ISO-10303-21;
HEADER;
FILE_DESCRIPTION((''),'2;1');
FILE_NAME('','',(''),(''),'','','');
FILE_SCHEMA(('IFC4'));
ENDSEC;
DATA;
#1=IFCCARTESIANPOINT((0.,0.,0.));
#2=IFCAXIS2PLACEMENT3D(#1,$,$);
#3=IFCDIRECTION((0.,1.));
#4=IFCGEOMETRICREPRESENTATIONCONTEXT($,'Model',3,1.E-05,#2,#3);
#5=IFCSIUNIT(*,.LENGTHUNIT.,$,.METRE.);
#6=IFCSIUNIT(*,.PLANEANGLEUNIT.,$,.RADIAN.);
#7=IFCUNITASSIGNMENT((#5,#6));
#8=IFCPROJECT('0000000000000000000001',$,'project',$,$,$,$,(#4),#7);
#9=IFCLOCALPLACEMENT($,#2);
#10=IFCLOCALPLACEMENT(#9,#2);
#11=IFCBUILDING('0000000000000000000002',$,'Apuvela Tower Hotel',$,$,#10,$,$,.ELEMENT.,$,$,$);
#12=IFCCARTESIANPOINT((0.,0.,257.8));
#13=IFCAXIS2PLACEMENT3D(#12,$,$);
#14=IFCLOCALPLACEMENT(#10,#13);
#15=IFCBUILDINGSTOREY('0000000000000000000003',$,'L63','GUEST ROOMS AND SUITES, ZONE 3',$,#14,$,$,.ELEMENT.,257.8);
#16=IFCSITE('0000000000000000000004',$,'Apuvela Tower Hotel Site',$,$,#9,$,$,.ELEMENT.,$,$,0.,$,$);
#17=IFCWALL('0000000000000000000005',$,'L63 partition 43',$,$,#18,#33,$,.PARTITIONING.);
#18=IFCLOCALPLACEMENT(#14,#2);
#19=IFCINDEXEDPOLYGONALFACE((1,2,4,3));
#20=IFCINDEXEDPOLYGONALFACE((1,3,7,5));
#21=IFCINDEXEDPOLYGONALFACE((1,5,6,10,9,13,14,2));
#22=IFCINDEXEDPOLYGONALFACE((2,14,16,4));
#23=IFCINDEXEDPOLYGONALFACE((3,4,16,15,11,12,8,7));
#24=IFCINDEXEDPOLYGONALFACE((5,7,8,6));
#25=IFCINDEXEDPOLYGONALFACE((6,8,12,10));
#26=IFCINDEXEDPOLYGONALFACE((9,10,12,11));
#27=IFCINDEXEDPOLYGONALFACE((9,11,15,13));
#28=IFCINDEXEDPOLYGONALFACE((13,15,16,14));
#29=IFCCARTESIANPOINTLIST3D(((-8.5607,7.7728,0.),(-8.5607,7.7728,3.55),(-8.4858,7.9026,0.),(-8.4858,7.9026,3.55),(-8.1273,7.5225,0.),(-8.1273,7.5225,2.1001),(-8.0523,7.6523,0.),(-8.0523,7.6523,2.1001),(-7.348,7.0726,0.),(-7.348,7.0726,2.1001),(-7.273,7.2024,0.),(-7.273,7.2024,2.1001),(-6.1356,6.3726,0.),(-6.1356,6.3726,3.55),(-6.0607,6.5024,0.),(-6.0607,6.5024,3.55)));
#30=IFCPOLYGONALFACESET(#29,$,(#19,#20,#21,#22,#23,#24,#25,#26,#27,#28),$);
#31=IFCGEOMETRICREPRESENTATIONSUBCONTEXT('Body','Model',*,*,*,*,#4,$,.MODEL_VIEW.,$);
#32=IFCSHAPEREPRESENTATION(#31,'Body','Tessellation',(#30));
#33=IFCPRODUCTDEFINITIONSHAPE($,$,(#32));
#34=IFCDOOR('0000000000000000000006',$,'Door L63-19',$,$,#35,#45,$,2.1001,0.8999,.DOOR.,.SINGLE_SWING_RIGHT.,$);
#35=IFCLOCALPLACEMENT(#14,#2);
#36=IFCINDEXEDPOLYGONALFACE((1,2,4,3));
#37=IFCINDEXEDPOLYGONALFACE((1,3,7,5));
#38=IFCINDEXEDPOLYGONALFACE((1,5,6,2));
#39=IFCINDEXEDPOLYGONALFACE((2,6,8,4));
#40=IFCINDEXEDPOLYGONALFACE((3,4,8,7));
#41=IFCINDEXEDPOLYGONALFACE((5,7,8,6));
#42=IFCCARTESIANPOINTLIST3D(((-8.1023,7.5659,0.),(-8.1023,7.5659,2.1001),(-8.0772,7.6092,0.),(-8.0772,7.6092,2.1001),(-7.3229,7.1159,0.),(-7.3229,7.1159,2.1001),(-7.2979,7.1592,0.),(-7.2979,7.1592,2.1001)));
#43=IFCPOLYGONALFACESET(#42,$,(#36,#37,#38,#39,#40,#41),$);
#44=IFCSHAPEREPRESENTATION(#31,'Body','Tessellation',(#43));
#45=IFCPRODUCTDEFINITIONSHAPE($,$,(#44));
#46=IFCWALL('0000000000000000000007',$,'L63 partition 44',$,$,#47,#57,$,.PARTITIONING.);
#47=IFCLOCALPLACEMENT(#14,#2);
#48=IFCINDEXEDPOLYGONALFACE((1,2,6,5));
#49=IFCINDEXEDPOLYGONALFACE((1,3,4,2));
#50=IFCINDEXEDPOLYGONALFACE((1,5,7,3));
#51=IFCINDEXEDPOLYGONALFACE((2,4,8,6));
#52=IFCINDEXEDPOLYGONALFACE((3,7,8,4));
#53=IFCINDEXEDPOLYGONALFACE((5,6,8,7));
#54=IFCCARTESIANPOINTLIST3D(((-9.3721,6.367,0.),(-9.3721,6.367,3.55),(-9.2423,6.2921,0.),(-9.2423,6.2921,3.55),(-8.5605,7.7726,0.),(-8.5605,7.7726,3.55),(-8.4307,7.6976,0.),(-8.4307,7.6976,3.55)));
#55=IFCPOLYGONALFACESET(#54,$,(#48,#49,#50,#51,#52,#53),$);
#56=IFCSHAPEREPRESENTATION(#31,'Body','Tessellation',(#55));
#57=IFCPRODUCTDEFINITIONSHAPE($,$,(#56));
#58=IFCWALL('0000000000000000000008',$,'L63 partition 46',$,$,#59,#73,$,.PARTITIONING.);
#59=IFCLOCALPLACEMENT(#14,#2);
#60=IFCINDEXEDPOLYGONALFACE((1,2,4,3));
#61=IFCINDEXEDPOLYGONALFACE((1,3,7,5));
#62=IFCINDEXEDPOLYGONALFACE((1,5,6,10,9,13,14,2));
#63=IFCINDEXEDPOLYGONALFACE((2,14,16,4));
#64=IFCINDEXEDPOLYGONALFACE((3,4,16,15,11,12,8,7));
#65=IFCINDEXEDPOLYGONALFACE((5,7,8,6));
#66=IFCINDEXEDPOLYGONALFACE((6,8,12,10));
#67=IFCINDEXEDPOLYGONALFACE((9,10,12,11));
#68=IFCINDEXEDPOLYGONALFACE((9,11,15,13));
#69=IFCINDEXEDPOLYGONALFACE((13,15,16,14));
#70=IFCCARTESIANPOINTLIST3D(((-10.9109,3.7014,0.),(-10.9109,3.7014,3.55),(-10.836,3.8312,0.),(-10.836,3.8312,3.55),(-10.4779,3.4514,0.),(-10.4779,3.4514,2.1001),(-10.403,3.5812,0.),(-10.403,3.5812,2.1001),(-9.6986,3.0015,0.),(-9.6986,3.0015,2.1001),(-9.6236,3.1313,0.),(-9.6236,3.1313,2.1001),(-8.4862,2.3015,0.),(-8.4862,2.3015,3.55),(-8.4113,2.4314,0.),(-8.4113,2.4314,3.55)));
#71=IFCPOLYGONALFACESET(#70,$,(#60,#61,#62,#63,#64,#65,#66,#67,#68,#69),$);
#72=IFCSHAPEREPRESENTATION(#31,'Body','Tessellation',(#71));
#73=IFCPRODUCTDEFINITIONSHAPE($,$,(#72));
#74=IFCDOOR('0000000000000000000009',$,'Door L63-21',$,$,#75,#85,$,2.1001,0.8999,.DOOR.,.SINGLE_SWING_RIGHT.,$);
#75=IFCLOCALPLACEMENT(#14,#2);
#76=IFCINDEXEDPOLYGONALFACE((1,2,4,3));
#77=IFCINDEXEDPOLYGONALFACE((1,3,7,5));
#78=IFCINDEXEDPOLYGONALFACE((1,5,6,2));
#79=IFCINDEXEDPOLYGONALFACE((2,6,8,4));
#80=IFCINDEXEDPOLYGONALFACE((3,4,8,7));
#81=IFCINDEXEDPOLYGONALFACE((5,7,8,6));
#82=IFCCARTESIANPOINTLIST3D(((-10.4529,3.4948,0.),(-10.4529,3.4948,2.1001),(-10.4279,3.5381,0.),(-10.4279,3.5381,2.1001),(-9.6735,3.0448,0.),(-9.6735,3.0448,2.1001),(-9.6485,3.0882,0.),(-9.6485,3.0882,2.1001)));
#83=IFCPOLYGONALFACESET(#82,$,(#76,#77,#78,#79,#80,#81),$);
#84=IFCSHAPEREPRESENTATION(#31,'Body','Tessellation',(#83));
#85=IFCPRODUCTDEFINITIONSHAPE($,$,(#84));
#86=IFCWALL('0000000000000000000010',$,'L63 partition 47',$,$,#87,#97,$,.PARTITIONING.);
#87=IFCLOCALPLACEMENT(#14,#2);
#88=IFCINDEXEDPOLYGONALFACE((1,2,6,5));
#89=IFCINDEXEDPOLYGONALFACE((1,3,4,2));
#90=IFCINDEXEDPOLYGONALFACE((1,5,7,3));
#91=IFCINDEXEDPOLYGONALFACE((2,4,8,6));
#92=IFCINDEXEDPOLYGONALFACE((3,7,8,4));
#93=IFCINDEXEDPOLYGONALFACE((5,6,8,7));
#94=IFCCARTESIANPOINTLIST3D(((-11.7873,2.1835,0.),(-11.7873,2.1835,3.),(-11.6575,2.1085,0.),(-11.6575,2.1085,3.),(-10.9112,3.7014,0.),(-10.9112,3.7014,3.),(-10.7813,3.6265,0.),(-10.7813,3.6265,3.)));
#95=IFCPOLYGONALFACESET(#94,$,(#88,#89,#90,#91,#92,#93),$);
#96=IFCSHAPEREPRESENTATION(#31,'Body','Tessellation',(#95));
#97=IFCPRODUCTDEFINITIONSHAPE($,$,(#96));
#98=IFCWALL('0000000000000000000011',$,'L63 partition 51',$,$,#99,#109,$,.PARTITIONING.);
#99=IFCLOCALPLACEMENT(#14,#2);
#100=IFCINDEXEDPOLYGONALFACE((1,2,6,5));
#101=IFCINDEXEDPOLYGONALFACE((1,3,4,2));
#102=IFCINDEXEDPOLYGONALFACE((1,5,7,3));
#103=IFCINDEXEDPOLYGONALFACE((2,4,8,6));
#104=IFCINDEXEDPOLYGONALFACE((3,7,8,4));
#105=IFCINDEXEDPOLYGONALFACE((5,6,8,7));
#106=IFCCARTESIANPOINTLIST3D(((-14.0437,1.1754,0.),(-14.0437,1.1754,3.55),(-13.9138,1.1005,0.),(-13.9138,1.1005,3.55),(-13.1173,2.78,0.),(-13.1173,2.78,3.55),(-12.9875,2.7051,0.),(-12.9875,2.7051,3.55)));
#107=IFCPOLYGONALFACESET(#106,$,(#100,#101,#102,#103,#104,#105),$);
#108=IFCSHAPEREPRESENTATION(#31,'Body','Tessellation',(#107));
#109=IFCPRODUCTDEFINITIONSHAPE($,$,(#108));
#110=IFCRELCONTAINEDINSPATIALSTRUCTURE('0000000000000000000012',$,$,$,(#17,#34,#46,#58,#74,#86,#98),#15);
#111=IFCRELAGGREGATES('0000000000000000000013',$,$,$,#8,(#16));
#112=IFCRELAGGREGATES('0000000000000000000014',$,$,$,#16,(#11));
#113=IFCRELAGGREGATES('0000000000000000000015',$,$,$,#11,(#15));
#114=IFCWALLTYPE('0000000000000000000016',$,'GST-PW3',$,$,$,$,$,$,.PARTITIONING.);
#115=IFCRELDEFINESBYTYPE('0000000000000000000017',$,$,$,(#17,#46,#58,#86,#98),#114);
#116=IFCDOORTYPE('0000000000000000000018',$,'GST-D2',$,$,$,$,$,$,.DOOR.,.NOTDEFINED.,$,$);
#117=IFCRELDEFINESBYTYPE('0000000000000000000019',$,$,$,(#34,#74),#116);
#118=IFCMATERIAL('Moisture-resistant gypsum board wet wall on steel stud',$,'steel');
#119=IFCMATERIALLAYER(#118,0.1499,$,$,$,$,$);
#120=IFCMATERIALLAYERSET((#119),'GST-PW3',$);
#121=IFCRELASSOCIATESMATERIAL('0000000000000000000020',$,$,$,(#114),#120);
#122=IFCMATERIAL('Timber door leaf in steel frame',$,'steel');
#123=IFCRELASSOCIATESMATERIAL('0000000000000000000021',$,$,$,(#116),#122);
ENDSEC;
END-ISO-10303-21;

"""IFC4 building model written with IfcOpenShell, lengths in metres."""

from ifc_helpers import new_model, si_unit, direction, frame, frame_2d, origin, place, context, subcontext, project, spatial, rectangle, extrude, material, layer, layer_set, type_object, element, fill, save


model = new_model("IFC4")

# Units and contexts
model_context = context("Model", 3, precision=1e-05, world=origin(), true_north=direction((0.0, 1.0)))
body_context = subcontext(model_context, "Body", "Model", "MODEL_VIEW")
ifc_project = project(units=[si_unit("LENGTHUNIT", "METRE"), si_unit("PLANEANGLEUNIT", "RADIAN")], contexts=[model_context])

# Site, building, storey
site_placement = place(None, origin())
site = spatial("IfcSite", under=ifc_project, at=site_placement, Name="Apuvela Tower Hotel Site", CompositionType="ELEMENT", RefElevation=0.0)
building_placement = place(site_placement, origin())
building = spatial("IfcBuilding", under=site, at=building_placement, Name="Apuvela Tower Hotel", CompositionType="ELEMENT")
storey_placement = place(building_placement, frame((0.0, 0.0, 257.8)))
storey = spatial("IfcBuildingStorey", under=building, at=storey_placement, Name="L63", Description="GUEST ROOMS AND SUITES, ZONE 3", CompositionType="ELEMENT", Elevation=257.8)

# Shared definitions
ifc_material_1 = material(Name="Timber door leaf in steel frame", Category="steel")
ifc_material_2 = material(Name="Moisture-resistant gypsum board wet wall on steel stud", Category="steel")
ifc_layer_1 = layer(ifc_material_2, 0.1499)
ifc_layer_set_1 = layer_set([ifc_layer_1], Name="GST-PW3")
wall_type_1 = type_object("IfcWallType", Name="GST-PW3", PredefinedType="PARTITIONING", material=ifc_layer_set_1)
door_type_1 = type_object("IfcDoorType", Name="GST-D2", OperationType="NOTDEFINED", PredefinedType="DOOR", material=ifc_material_1)

# Wall, opening, door
wall_1_placement = place(storey_placement, frame((-6.0981, 6.4375, 0.0), z_axis=(0.0, 0.0, 1.0), x_axis=(-0.866019, 0.500012, 0.0)))
wall_1 = element("IfcWall", 1, at=wall_1_placement, inside=storey, type_object=wall_type_1, Name="L63 partition 43", PredefinedType="PARTITIONING", context=body_context, shape_type="SweptSolid", body=[
    extrude(rectangle(XDim=2.8003, YDim=0.1499, at=frame_2d((1.4001, 0.0))), origin(), (0.0, 0.0, 1.0), 3.55),
])
opening_1_placement = place(wall_1_placement, frame((1.3999, 0.0, 0.0)))
opening_1 = element("IfcOpeningElement", 2, at=opening_1_placement, cuts=wall_1, PredefinedType="OPENING", context=body_context, shape_type="SweptSolid", body=[
    extrude(rectangle(XDim=0.8999, YDim=2.1001, at=frame_2d((0.45, 1.05))), frame((0.0, 0.085, 0.0), z_axis=(0.0, -1.0, 0.0), x_axis=(1.0, 0.0, 0.0)), (0.0, 0.0, 1.0), 0.1699),
])
door_1_placement = place(opening_1_placement, origin())
door_1 = element("IfcDoor", 3, at=door_1_placement, inside=storey, type_object=door_type_1, Name="Door L63-19", OperationType="SINGLE_SWING_RIGHT", OverallHeight=2.1001, OverallWidth=0.8999, PredefinedType="DOOR", context=body_context, shape_type="SweptSolid", body=[
    extrude(rectangle(XDim=0.8999, YDim=2.1001, at=frame_2d((0.45, 1.05))), frame((0.0, 0.0249, 0.0), z_axis=(0.0, -1.0, 0.0), x_axis=(1.0, 0.0, 0.0)), (0.0, 0.0, 1.0), 0.05),
])
fill(opening_1, door_1)

# Wall
wall_2_placement = place(storey_placement, frame((-8.4956, 7.7351, 0.0), z_axis=(0.0, 0.0, 1.0), x_axis=(-0.500022, -0.866013, 0.0)))
element("IfcWall", 4, at=wall_2_placement, inside=storey, type_object=wall_type_1, Name="L63 partition 44", PredefinedType="PARTITIONING", context=body_context, shape_type="SweptSolid", body=[
    extrude(rectangle(XDim=1.623, YDim=0.1499, at=frame_2d((0.8115, 0.0))), origin(), (0.0, 0.0, 1.0), 3.55),
])

# Wall, opening, door
wall_3_placement = place(storey_placement, frame((-8.4487, 2.3665, 0.0), z_axis=(0.0, 0.0, 1.0), x_axis=(-0.866035, 0.499984, 0.0)))
wall_3 = element("IfcWall", 5, at=wall_3_placement, inside=storey, type_object=wall_type_1, Name="L63 partition 46", PredefinedType="PARTITIONING", context=body_context, shape_type="SweptSolid", body=[
    extrude(rectangle(XDim=2.7998, YDim=0.1499, at=frame_2d((1.3999, 0.0))), origin(), (0.0, 0.0, 1.0), 3.55),
])
opening_2_placement = place(wall_3_placement, frame((1.3999, 0.0, 0.0)))
opening_2 = element("IfcOpeningElement", 6, at=opening_2_placement, cuts=wall_3, PredefinedType="OPENING", context=body_context, shape_type="SweptSolid", body=[
    extrude(rectangle(XDim=0.8999, YDim=2.1001, at=frame_2d((0.45, 1.05))), frame((0.0, 0.085, 0.0), z_axis=(0.0, -1.0, 0.0), x_axis=(1.0, 0.0, 0.0)), (0.0, 0.0, 1.0), 0.1699),
])
door_2_placement = place(opening_2_placement, origin())
door_2 = element("IfcDoor", 7, at=door_2_placement, inside=storey, type_object=door_type_1, Name="Door L63-21", OperationType="SINGLE_SWING_RIGHT", OverallHeight=2.1001, OverallWidth=0.8999, PredefinedType="DOOR", context=body_context, shape_type="SweptSolid", body=[
    extrude(rectangle(XDim=0.8999, YDim=2.1001, at=frame_2d((0.45, 1.05))), frame((0.0, 0.0249, 0.0), z_axis=(0.0, -1.0, 0.0), x_axis=(1.0, 0.0, 0.0)), (0.0, 0.0, 1.0), 0.05),
])
fill(opening_2, door_2)

# Walls
wall_4_placement = place(storey_placement, frame((-10.8462, 3.6641, 0.0), z_axis=(0.0, 0.0, 1.0), x_axis=(-0.499899, -0.866084, 0.0)))
element("IfcWall", 8, at=wall_4_placement, inside=storey, type_object=wall_type_1, Name="L63 partition 47", PredefinedType="PARTITIONING", context=body_context, shape_type="SweptSolid", body=[
    extrude(rectangle(XDim=1.7527, YDim=0.1499, at=frame_2d((0.8765, 0.0))), origin(), (0.0, 0.0, 1.0), 3.0),
])
wall_5_placement = place(storey_placement, frame((-13.0525, 2.7424, 0.0), z_axis=(0.0, 0.0, 1.0), x_axis=(-0.499966, -0.866045, 0.0)))
element("IfcWall", 9, at=wall_5_placement, inside=storey, type_object=wall_type_1, Name="L63 partition 51", PredefinedType="PARTITIONING", context=body_context, shape_type="SweptSolid", body=[
    extrude(rectangle(XDim=1.8528, YDim=0.1499, at=frame_2d((0.9263, 0.0))), origin(), (0.0, 0.0, 1.0), 3.55),
])

save(model, "model.ifc")
